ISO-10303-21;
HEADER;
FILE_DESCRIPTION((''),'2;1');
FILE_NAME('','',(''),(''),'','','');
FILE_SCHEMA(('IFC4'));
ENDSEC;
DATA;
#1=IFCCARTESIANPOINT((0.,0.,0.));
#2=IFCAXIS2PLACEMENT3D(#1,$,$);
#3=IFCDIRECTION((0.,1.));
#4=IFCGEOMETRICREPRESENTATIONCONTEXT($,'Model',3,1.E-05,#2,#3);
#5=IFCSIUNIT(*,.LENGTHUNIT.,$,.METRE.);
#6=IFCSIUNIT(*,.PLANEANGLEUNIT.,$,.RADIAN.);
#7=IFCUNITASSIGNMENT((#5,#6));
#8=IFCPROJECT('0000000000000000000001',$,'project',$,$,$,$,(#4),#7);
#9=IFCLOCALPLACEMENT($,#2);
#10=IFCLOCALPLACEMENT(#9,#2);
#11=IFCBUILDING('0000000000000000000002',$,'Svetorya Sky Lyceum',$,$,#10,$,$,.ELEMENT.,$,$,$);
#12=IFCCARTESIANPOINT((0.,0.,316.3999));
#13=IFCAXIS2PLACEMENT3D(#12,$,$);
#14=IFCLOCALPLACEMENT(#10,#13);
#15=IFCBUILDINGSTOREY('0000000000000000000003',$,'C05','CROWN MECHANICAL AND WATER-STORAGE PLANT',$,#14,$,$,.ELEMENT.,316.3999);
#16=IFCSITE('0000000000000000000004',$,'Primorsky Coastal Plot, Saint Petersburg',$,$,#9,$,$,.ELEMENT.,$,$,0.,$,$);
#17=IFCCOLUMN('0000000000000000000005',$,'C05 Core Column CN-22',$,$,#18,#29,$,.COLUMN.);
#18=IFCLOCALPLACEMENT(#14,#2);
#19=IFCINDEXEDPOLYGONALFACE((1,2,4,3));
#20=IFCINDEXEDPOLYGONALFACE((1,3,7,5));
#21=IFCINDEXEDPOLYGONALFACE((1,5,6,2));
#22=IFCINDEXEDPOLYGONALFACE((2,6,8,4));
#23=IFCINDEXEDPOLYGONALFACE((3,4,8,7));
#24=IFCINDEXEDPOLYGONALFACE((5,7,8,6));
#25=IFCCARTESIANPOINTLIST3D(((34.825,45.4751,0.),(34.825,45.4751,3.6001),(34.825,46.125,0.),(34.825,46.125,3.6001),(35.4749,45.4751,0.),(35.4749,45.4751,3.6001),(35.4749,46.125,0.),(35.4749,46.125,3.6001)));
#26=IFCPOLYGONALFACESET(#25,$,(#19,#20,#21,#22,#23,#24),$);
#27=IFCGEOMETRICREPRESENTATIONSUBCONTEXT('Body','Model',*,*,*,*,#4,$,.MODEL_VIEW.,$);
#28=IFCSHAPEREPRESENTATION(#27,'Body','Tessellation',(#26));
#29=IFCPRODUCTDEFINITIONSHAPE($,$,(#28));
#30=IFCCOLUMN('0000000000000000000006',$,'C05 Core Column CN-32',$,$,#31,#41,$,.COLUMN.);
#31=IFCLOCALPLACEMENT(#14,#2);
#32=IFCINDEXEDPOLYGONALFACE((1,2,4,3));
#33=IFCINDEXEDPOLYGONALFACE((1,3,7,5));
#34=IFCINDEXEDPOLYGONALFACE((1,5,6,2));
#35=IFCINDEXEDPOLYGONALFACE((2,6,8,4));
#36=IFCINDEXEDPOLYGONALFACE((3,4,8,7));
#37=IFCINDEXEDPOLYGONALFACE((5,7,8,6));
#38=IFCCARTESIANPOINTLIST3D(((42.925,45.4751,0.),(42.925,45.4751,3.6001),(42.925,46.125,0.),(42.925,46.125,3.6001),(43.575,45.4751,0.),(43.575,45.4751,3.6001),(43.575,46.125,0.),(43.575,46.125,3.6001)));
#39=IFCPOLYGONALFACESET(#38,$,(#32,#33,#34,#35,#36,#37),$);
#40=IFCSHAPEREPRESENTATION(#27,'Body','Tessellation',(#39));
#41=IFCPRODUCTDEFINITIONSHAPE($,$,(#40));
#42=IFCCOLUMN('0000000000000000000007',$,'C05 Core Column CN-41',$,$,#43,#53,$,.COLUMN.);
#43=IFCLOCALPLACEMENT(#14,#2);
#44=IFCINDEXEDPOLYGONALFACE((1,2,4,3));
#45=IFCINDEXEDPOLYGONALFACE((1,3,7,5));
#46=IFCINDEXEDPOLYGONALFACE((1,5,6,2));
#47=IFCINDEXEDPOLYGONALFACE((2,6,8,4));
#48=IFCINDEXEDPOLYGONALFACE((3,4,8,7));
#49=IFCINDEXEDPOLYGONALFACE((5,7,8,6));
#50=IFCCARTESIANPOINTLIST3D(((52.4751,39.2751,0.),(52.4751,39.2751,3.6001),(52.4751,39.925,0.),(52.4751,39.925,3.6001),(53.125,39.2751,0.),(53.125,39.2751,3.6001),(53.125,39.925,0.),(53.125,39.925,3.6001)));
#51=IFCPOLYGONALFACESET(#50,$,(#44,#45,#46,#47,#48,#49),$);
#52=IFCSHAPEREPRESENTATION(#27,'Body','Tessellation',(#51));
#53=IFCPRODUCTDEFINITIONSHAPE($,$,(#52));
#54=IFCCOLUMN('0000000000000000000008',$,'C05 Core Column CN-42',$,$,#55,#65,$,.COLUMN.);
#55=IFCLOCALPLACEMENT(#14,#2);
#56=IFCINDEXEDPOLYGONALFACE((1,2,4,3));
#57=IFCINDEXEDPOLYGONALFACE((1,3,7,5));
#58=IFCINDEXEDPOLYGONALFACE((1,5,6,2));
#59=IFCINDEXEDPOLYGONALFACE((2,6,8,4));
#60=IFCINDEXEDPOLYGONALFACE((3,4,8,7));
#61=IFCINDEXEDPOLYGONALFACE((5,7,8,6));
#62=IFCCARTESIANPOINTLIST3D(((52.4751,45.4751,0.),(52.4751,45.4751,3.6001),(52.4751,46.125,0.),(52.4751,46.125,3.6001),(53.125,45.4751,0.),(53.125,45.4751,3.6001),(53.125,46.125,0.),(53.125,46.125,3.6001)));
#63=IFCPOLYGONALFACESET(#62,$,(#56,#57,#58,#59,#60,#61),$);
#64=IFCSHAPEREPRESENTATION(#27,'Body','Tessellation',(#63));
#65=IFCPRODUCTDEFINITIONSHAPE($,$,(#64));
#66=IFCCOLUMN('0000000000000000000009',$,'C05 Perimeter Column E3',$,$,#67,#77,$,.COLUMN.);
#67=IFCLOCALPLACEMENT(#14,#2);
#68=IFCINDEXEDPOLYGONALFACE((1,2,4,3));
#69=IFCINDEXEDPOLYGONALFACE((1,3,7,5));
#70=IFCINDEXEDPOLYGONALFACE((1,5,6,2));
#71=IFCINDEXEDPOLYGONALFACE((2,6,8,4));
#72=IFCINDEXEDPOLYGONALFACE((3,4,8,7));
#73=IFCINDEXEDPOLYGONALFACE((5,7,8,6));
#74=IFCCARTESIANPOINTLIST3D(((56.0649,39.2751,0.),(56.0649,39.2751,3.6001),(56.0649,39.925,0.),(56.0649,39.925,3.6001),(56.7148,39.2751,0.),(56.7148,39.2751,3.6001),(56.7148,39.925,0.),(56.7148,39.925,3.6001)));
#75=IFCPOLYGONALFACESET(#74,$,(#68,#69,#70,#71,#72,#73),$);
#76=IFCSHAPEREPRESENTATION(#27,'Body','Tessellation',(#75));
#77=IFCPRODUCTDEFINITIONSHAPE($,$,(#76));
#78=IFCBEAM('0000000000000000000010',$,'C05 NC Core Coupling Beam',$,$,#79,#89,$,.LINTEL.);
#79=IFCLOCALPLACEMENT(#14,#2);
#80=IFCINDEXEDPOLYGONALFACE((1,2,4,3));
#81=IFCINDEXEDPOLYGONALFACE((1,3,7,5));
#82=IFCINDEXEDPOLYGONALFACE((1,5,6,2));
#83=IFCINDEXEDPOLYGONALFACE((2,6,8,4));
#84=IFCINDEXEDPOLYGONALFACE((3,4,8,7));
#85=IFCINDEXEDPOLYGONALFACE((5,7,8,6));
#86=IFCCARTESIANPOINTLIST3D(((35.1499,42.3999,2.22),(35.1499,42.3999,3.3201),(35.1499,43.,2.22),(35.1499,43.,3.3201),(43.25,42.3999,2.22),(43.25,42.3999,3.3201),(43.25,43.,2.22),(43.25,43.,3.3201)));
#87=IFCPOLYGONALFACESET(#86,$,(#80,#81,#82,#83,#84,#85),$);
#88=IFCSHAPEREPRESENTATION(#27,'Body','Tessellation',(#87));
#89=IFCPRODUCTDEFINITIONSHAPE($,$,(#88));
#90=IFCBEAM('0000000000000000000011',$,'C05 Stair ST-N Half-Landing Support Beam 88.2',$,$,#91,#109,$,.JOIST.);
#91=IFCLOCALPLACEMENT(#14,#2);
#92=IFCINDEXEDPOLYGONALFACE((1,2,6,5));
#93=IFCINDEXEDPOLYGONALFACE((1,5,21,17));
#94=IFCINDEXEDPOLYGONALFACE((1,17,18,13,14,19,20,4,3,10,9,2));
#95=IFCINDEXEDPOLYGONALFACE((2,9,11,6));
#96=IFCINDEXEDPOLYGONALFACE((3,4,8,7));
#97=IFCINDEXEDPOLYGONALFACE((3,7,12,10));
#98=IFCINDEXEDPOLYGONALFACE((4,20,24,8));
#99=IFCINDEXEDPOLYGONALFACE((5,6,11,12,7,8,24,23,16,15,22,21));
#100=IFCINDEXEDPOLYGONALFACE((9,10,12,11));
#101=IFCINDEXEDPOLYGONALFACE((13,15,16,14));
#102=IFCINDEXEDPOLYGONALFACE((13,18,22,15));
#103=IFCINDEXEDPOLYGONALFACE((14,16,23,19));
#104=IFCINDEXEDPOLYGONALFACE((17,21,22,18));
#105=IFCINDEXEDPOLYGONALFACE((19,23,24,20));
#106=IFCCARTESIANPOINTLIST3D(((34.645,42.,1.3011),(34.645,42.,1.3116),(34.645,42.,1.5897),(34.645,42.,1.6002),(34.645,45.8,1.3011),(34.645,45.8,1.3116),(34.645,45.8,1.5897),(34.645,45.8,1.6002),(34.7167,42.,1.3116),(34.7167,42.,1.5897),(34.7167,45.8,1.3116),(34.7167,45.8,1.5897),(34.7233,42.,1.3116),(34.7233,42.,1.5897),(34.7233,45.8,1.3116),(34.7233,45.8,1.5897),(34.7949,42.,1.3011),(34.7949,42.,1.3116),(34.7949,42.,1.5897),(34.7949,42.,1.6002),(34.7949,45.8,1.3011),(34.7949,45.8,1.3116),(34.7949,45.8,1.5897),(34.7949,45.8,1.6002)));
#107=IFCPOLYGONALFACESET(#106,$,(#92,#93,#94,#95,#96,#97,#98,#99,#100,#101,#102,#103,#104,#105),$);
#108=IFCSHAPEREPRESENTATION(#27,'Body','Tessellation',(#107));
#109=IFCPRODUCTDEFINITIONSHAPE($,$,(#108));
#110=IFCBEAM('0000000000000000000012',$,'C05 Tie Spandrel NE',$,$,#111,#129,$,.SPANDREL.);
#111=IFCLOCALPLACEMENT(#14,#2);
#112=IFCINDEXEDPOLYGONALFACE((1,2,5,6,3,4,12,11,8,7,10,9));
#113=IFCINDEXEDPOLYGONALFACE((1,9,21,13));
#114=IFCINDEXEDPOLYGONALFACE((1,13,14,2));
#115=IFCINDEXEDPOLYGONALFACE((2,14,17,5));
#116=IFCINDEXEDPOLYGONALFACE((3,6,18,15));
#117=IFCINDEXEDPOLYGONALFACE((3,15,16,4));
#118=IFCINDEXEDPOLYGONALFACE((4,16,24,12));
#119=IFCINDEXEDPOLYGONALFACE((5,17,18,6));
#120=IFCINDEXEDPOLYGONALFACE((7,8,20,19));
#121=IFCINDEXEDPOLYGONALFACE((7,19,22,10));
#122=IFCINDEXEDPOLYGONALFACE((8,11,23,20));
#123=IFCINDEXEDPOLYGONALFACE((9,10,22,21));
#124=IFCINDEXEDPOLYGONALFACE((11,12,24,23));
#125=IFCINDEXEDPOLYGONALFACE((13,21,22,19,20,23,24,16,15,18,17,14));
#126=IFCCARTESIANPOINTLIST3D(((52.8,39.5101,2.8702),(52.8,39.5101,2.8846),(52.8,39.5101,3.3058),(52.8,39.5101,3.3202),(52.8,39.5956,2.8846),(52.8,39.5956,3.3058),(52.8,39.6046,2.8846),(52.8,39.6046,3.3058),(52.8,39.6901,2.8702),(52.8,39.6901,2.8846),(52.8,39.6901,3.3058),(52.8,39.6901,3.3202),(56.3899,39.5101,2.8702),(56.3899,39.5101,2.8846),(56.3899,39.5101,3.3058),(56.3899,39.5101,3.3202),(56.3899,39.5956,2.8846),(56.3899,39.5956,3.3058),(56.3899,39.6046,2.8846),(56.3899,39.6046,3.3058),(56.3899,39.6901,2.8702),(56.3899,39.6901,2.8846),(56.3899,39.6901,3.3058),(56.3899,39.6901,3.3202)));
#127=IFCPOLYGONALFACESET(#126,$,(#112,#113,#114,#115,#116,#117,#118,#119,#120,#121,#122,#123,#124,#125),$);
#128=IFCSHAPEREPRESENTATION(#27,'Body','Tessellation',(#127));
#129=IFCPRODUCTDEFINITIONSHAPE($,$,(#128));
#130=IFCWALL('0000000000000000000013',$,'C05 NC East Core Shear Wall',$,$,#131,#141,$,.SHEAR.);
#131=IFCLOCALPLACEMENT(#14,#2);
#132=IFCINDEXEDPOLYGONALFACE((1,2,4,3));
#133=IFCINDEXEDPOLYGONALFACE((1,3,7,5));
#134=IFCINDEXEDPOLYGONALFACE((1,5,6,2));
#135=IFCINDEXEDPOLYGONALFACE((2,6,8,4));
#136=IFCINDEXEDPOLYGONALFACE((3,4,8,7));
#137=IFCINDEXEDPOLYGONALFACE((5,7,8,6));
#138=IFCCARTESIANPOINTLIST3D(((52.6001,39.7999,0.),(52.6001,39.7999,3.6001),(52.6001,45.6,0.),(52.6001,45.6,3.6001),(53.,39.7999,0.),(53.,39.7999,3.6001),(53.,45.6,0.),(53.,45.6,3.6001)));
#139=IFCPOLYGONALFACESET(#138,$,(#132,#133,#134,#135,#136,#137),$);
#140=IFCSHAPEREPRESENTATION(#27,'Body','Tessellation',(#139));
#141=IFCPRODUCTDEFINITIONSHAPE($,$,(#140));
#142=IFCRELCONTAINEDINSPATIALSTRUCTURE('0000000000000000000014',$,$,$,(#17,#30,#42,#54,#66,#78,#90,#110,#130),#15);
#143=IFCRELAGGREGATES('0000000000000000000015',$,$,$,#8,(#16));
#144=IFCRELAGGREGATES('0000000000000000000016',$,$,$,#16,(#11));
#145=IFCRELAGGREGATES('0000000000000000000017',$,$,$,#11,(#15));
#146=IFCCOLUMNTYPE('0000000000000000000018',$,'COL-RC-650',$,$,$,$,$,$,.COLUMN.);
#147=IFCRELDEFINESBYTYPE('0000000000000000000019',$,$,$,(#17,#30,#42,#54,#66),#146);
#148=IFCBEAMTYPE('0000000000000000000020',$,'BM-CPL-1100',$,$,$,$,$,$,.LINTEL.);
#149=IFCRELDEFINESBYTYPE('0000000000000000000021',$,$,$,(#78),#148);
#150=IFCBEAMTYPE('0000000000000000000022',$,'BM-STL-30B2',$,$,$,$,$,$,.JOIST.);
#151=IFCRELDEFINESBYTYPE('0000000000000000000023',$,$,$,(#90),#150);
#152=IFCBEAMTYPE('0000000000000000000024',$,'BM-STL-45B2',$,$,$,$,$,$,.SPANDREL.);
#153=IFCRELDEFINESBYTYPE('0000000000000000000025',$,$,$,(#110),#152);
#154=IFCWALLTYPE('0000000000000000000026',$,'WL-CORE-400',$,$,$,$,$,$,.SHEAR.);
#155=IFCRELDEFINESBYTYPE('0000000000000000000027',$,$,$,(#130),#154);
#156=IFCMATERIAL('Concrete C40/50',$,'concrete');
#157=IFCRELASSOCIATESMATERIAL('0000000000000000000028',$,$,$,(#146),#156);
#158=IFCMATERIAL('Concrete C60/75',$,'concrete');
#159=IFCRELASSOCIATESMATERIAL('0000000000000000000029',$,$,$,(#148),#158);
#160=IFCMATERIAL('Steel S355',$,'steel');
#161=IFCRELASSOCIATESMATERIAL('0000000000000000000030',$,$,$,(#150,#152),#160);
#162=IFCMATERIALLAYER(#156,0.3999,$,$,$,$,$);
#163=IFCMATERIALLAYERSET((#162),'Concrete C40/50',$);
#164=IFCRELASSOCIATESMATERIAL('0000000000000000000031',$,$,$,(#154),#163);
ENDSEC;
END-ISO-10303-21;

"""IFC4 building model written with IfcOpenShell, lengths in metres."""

from ifc_helpers import new_model, si_unit, direction, frame, frame_2d, origin, origin_2d, place, context, subcontext, project, spatial, rectangle, i_section, extrude, material, layer, layer_set, material_profile, profile_set, type_object, element, save


model = new_model("IFC4")

# Units and contexts
model_context = context("Model", 3, precision=1e-05, world=origin(), true_north=direction((0.0, 1.0)))
body_context = subcontext(model_context, "Body", "Model", "MODEL_VIEW")
ifc_project = project(units=[si_unit("LENGTHUNIT", "METRE"), si_unit("PLANEANGLEUNIT", "RADIAN")], contexts=[model_context])

# Site, building, storey
site_placement = place(None, origin())
site = spatial("IfcSite", under=ifc_project, at=site_placement, Name="Primorsky Coastal Plot, Saint Petersburg", CompositionType="ELEMENT", RefElevation=0.0)
building_placement = place(site_placement, origin())
building = spatial("IfcBuilding", under=site, at=building_placement, Name="Svetorya Sky Lyceum", CompositionType="ELEMENT")
storey_placement = place(building_placement, frame((0.0, 0.0, 316.3999)))
storey = spatial("IfcBuildingStorey", under=building, at=storey_placement, Name="C05", Description="CROWN MECHANICAL AND WATER-STORAGE PLANT", CompositionType="ELEMENT", Elevation=316.3999)

# Columns
ifc_material_1 = material(Name="Concrete C40/50", Category="concrete")
ifc_material_profile_1 = material_profile(ifc_material_1, rectangle(XDim=0.6499, YDim=0.6499, at=origin_2d()), Name="RC COL 650x650")
ifc_profile_set_1 = profile_set([ifc_material_profile_1], Name="Concrete C40/50")
column_type = type_object("IfcColumnType", Name="COL-RC-650", PredefinedType="COLUMN", material=ifc_profile_set_1)
for number, where, z_axis, x_axis, name in (
    (1, (35.1499, 45.8, 0.0), (0.0, 0.0, 1.0), (1.0, 0.0, 0.0), "C05 Core Column CN-22"),
    (2, (43.25, 45.8, 0.0), (0.0, 0.0, 1.0), (1.0, 0.0, 0.0), "C05 Core Column CN-32"),
    (3, (52.8, 39.6001, 0.0), (0.0, 0.0, 1.0), (1.0, 0.0, 0.0), "C05 Core Column CN-41"),
    (4, (52.8, 45.8, 0.0), (0.0, 0.0, 1.0), (1.0, 0.0, 0.0), "C05 Core Column CN-42"),
    (5, (56.3899, 39.6001, 0.0), (0.0, 0.0, 1.0), (1.0, 0.0, 0.0), "C05 Perimeter Column E3"),
):
    element("IfcColumn", number, at=place(storey_placement, frame(where, z_axis=z_axis, x_axis=x_axis)), inside=storey, type_object=column_type, Name=name, PredefinedType="COLUMN", context=body_context, shape_type="SweptSolid", body=[
        extrude(rectangle(XDim=0.6499, YDim=0.6499, at=origin_2d()), origin(), (0.0, 0.0, 1.0), 3.6001),
    ])

# Beams
ifc_material_2 = material(Name="Concrete C60/75", Category="concrete")
ifc_material_profile_2 = material_profile(ifc_material_2, rectangle(XDim=0.6001, YDim=1.1001, at=origin_2d()), Name="RC COUPLING 600x1100")
ifc_profile_set_2 = profile_set([ifc_material_profile_2], Name="Concrete C60/75")
beam_type_1 = type_object("IfcBeamType", Name="BM-CPL-1100", PredefinedType="LINTEL", material=ifc_profile_set_2)
beam_1_placement = place(storey_placement, frame((35.1499, 42.7, 2.77), z_axis=(1.0, 0.0, 0.0), x_axis=(0.0, 1.0, 0.0)))
element("IfcBeam", 6, at=beam_1_placement, inside=storey, type_object=beam_type_1, Name="C05 NC Core Coupling Beam", PredefinedType="LINTEL", context=body_context, shape_type="SweptSolid", body=[
    extrude(rectangle(XDim=0.6001, YDim=1.1001, at=origin_2d()), origin(), (0.0, 0.0, 1.0), 8.1001),
])
ifc_material_3 = material(Name="Steel S355", Category="steel")
ifc_material_profile_3 = material_profile(ifc_material_3, i_section(OverallWidth=0.1499, OverallDepth=0.2991, WebThickness=0.0066, FlangeThickness=0.0105, at=origin_2d()), Name="GOST 30B2")
ifc_profile_set_3 = profile_set([ifc_material_profile_3], Name="Steel S355")
beam_type_2 = type_object("IfcBeamType", Name="BM-STL-30B2", PredefinedType="JOIST", material=ifc_profile_set_3)
beam_2_placement = place(storey_placement, frame((34.72, 42.0, 1.4507), z_axis=(0.0, 1.0, 0.0), x_axis=(-1.0, 0.0, 0.0)))
element("IfcBeam", 7, at=beam_2_placement, inside=storey, type_object=beam_type_2, Name="C05 Stair ST-N Half-Landing Support Beam 88.2", PredefinedType="JOIST", context=body_context, shape_type="SweptSolid", body=[
    extrude(i_section(OverallWidth=0.1499, OverallDepth=0.2991, WebThickness=0.0066, FlangeThickness=0.0105, at=origin_2d()), origin(), (0.0, 0.0, 1.0), 3.8),
])
ifc_material_profile_4 = material_profile(ifc_material_3, i_section(OverallWidth=0.1799, OverallDepth=0.45, WebThickness=0.009, FlangeThickness=0.0144, at=origin_2d()), Name="GOST 45B2")
ifc_profile_set_4 = profile_set([ifc_material_profile_4], Name="Steel S355")
beam_type_3 = type_object("IfcBeamType", Name="BM-STL-45B2", PredefinedType="SPANDREL", material=ifc_profile_set_4)
beam_3_placement = place(storey_placement, frame((52.8, 39.6001, 3.0952), z_axis=(1.0, 0.0, 0.0), x_axis=(0.0, 1.0, 0.0)))
element("IfcBeam", 8, at=beam_3_placement, inside=storey, type_object=beam_type_3, Name="C05 Tie Spandrel NE", PredefinedType="SPANDREL", context=body_context, shape_type="SweptSolid", body=[
    extrude(i_section(OverallWidth=0.1799, OverallDepth=0.45, WebThickness=0.009, FlangeThickness=0.0144, at=origin_2d()), origin(), (0.0, 0.0, 1.0), 3.5898),
])

# Wall
ifc_layer_1 = layer(ifc_material_1, 0.3999)
ifc_layer_set_1 = layer_set([ifc_layer_1], Name="Concrete C40/50")
wall_type_1 = type_object("IfcWallType", Name="WL-CORE-400", PredefinedType="SHEAR", material=ifc_layer_set_1)
wall_1_placement = place(storey_placement, frame((52.8, 39.8, 0.0), z_axis=(0.0, 0.0, 1.0), x_axis=(0.0, 1.0, 0.0)))
element("IfcWall", 9, at=wall_1_placement, inside=storey, type_object=wall_type_1, Name="C05 NC East Core Shear Wall", PredefinedType="SHEAR", context=body_context, shape_type="SweptSolid", body=[
    extrude(rectangle(XDim=5.8, YDim=0.3999, at=frame_2d((2.8999, 0.0))), origin(), (0.0, 0.0, 1.0), 3.6001),
])

save(model, "model.ifc")
